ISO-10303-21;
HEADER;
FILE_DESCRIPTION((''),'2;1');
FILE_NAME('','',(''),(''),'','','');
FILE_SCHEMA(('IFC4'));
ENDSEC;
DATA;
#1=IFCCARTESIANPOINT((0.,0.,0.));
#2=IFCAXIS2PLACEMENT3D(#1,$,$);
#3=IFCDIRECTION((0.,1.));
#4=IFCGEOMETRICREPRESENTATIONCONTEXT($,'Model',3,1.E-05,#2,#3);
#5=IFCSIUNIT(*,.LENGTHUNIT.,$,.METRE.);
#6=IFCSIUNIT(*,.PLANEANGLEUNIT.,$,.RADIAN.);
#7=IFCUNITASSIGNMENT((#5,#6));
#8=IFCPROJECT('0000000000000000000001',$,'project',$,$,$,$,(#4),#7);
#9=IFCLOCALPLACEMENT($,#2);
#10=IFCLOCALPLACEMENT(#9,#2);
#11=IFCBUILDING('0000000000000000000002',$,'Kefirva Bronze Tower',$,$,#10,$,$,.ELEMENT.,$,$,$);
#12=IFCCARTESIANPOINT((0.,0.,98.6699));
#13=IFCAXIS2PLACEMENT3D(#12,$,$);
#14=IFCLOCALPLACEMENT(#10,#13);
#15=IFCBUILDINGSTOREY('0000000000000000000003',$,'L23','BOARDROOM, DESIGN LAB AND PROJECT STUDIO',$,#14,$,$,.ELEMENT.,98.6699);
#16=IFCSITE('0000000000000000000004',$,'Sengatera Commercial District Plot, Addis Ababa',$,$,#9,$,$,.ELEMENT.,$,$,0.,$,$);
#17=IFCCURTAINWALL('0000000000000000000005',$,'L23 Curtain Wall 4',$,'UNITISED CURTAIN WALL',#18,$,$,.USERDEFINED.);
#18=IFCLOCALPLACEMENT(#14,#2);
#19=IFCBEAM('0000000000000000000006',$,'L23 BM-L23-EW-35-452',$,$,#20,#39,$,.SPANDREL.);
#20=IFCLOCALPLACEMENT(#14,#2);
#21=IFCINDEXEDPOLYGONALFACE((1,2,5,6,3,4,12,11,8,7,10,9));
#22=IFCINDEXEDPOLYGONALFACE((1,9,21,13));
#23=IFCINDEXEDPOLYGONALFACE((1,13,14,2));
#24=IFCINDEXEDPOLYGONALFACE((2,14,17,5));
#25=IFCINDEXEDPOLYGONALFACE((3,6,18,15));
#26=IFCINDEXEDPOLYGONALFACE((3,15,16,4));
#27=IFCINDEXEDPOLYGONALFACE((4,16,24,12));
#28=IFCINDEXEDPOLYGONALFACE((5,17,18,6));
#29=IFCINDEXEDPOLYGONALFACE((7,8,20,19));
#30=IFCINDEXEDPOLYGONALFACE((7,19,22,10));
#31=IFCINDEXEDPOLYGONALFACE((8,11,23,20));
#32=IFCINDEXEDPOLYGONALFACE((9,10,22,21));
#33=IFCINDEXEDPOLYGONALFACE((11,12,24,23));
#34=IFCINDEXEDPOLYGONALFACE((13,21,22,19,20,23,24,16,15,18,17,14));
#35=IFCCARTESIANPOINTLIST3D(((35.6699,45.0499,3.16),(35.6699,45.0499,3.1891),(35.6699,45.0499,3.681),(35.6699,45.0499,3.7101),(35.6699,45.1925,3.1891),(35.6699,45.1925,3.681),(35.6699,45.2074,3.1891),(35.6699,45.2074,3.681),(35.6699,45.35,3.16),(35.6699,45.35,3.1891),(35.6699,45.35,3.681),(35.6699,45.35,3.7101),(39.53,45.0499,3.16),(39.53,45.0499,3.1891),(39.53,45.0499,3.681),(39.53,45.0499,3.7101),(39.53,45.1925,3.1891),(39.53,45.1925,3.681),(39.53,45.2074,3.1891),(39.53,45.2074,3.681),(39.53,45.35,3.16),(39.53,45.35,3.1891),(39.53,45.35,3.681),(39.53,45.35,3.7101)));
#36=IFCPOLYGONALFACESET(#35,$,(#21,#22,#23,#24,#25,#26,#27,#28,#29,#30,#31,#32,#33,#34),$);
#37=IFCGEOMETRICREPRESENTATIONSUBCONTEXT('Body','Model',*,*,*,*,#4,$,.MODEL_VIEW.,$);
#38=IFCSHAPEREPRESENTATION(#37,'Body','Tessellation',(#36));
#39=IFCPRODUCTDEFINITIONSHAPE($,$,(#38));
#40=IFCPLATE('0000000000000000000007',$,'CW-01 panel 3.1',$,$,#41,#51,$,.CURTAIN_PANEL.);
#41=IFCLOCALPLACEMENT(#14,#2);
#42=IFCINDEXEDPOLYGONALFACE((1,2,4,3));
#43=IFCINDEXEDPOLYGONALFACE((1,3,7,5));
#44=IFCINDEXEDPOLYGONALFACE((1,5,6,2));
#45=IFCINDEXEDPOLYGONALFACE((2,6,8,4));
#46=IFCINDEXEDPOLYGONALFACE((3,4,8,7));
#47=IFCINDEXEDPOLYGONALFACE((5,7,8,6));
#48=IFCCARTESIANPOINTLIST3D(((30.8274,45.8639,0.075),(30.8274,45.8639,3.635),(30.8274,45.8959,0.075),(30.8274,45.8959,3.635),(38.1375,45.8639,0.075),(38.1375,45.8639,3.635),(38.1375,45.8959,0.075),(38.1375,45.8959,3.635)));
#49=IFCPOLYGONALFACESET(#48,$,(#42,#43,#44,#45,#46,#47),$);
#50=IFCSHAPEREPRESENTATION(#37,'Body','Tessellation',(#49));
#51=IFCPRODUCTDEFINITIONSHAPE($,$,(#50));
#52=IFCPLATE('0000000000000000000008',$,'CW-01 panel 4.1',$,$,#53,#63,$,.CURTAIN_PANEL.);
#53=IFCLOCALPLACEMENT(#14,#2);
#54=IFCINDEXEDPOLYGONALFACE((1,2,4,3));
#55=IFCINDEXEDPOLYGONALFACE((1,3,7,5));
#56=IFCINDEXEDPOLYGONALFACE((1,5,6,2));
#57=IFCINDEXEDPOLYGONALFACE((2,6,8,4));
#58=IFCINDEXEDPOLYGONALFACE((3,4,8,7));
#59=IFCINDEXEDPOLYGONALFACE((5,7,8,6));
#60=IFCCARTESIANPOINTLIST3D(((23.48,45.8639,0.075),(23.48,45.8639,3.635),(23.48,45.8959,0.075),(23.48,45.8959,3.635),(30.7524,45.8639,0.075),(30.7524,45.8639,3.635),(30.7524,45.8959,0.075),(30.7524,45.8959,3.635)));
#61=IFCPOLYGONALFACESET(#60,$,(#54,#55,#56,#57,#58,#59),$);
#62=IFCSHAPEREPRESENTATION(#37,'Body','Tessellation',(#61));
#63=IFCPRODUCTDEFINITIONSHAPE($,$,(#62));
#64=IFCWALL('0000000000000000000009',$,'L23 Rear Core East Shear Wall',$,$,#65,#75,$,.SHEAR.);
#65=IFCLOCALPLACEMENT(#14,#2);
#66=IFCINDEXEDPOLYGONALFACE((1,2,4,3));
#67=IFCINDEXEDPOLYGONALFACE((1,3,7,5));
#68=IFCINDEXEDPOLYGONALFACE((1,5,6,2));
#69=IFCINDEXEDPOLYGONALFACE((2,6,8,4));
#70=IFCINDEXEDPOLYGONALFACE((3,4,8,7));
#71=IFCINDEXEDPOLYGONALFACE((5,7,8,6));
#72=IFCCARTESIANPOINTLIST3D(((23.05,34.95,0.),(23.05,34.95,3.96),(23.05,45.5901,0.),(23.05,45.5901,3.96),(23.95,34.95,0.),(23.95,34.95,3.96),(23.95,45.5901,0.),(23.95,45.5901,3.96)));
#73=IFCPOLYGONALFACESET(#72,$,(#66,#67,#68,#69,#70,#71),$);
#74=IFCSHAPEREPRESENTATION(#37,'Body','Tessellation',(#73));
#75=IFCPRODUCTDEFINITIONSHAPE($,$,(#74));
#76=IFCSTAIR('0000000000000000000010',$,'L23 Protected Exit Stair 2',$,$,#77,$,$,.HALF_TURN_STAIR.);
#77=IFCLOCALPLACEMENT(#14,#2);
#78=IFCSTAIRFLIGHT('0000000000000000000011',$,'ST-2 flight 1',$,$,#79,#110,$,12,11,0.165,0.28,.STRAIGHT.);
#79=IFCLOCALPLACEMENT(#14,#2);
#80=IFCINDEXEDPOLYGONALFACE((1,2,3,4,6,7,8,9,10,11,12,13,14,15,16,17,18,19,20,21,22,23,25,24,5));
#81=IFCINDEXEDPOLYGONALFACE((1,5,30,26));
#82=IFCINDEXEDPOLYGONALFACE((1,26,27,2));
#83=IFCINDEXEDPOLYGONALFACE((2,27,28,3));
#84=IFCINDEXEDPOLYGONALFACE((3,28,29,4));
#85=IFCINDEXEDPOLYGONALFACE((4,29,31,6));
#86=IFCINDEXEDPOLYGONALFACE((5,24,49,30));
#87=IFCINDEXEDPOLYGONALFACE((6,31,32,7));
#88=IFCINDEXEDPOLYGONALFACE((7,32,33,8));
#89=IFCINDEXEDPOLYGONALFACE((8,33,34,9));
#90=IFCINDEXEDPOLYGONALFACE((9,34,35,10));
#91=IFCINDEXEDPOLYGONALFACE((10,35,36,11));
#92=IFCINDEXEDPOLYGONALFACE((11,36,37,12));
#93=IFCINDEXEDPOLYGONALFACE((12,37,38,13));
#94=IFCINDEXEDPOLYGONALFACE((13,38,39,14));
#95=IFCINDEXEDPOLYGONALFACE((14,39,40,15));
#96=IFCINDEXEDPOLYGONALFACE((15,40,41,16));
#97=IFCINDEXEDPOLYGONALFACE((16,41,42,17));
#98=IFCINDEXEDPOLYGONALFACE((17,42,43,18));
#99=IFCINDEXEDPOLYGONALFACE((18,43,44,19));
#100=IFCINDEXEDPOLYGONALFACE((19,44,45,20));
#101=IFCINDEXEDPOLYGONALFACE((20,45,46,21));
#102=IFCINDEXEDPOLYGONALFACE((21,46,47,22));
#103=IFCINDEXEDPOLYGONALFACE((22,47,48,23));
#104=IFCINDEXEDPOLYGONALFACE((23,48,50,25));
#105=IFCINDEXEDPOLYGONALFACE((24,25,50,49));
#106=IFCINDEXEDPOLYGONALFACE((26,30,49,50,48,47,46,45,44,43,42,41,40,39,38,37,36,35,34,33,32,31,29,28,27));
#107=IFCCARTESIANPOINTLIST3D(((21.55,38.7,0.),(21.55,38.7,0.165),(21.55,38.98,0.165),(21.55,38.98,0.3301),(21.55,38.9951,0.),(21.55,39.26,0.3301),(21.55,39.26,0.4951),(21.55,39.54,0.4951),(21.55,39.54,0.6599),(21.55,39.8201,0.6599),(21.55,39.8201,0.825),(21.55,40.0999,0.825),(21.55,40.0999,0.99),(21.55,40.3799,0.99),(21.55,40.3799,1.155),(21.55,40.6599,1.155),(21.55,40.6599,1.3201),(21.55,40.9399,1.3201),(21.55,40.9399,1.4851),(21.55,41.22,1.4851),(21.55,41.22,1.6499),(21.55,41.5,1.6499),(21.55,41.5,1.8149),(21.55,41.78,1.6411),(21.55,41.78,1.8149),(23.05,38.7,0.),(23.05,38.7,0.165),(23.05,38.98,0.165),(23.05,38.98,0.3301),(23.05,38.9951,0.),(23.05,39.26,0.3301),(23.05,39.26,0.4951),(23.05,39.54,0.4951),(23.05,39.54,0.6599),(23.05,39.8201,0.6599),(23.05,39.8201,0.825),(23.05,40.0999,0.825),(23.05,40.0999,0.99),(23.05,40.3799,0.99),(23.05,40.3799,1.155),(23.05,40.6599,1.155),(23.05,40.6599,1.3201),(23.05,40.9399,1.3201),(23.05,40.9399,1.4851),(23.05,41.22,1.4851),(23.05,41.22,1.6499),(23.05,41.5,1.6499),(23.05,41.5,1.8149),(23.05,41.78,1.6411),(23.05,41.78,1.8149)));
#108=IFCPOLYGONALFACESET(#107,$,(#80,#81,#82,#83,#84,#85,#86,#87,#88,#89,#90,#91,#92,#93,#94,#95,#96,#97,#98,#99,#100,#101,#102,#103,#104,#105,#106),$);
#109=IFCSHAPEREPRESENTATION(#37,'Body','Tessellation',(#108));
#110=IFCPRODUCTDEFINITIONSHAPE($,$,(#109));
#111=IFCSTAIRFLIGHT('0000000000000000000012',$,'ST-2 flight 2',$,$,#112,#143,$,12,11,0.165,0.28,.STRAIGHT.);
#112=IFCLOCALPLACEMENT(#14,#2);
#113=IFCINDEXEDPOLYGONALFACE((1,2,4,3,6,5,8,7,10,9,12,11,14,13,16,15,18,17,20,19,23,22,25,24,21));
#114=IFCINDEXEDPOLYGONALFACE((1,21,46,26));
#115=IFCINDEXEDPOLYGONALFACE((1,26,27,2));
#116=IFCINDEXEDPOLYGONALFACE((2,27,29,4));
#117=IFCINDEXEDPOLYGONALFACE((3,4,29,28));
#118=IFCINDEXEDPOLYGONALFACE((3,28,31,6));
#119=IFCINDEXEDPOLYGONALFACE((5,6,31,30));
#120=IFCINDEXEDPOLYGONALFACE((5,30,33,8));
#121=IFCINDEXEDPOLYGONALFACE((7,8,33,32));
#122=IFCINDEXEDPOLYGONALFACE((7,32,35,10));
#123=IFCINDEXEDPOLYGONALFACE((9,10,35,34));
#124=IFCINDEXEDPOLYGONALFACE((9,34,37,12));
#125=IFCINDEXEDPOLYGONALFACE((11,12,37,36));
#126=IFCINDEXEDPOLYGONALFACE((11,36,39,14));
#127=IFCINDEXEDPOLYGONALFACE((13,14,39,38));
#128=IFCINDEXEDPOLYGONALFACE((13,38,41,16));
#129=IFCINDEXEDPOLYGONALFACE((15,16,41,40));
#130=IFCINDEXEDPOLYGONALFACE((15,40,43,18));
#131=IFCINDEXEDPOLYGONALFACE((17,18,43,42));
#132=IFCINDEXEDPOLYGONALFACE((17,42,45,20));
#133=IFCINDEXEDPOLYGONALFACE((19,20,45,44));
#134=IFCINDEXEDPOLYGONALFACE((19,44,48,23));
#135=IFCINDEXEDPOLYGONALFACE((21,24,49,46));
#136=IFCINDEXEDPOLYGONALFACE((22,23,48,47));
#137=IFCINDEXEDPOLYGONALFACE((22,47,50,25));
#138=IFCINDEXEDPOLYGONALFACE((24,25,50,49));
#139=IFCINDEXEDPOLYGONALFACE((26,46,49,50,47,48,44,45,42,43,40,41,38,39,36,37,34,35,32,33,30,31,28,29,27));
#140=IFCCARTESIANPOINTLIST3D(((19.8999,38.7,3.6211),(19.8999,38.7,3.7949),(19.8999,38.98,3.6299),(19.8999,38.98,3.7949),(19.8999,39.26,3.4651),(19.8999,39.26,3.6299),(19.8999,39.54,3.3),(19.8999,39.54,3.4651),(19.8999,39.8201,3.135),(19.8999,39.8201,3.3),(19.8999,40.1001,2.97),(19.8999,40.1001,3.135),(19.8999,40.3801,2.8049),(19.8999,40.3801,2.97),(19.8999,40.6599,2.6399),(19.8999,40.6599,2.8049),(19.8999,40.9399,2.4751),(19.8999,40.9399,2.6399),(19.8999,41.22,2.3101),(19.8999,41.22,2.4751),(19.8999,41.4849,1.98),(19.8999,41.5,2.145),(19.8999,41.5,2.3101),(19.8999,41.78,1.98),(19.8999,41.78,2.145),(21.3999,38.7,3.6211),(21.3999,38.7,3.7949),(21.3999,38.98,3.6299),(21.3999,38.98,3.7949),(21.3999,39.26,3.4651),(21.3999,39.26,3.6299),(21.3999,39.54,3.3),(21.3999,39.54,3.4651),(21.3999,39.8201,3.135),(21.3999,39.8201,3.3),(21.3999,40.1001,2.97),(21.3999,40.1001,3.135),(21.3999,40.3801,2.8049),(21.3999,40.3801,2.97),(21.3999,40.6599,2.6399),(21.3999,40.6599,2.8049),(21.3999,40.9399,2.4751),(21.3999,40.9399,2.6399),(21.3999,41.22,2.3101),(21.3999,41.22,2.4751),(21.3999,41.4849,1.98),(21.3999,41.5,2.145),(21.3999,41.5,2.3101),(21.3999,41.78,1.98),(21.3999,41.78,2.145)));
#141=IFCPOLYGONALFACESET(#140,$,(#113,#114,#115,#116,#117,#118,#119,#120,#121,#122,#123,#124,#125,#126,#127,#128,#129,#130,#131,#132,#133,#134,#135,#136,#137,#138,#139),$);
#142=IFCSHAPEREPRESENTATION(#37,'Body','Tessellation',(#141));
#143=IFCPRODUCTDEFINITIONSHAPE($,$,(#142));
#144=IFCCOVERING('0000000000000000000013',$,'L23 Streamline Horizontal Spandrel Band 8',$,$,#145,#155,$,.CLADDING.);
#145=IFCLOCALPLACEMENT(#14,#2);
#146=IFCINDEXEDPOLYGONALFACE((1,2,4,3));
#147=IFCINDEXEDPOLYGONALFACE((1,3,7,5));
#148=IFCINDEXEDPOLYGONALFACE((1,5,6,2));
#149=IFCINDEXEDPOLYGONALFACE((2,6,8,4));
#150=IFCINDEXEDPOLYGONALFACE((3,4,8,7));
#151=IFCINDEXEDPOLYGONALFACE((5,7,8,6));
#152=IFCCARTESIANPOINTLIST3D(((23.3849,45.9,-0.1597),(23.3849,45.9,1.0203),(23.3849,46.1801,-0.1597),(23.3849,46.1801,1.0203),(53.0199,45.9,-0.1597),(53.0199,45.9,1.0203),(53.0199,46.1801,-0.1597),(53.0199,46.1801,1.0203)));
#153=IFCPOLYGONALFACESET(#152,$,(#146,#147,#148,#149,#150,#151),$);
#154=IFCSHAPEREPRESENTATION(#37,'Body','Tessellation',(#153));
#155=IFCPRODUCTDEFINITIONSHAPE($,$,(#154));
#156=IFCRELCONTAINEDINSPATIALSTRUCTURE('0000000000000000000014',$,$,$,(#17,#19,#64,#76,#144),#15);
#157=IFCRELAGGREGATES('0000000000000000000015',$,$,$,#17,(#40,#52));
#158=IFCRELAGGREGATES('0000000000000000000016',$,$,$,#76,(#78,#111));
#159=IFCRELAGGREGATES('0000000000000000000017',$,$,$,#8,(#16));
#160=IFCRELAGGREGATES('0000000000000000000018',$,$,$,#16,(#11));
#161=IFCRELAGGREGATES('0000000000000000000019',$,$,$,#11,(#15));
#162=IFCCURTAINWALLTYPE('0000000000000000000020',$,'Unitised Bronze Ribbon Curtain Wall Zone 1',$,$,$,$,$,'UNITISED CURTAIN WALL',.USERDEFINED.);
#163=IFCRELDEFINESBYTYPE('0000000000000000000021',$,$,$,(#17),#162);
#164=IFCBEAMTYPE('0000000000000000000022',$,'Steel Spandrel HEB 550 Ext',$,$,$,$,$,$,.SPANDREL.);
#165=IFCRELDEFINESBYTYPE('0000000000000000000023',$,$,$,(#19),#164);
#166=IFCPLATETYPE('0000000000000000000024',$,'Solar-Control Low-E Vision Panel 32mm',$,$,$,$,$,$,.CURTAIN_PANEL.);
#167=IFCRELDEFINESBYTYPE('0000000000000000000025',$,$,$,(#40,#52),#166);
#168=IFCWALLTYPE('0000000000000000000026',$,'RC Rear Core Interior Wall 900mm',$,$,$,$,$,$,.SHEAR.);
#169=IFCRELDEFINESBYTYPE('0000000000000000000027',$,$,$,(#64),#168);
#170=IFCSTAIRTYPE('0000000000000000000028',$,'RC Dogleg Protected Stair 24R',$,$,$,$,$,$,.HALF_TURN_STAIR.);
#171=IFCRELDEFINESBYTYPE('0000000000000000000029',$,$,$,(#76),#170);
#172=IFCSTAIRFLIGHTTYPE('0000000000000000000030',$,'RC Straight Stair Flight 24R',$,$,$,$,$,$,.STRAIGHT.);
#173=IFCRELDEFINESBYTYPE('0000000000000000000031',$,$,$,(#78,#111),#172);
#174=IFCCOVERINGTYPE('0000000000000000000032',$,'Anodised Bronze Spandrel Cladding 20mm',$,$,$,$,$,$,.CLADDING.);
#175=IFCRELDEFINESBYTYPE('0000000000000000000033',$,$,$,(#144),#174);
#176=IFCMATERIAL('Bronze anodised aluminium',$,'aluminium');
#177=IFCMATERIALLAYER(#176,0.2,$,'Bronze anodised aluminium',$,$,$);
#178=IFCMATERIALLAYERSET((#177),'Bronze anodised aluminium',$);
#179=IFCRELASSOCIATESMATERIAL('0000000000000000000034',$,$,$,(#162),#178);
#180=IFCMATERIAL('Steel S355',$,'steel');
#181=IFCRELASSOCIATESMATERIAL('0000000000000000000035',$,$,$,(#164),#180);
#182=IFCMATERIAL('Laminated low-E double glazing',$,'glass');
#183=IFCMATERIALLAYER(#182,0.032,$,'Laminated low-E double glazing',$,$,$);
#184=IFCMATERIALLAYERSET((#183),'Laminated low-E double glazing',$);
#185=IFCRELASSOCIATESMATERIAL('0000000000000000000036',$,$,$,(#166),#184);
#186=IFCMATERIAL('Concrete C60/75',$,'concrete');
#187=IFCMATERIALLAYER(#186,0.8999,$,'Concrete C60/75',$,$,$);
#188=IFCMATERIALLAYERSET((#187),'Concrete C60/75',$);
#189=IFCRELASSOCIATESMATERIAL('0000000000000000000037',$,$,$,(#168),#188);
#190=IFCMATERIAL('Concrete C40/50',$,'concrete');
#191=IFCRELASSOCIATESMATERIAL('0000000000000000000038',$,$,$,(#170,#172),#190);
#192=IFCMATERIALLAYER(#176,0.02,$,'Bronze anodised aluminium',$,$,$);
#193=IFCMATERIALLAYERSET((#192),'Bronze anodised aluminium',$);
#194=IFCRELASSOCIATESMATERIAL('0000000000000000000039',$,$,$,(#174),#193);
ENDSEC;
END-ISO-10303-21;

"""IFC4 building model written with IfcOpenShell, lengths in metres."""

from ifc_helpers import new_model, si_unit, direction, frame, frame_2d, origin, origin_2d, place, context, subcontext, project, spatial, polyline, rectangle, i_section, outline, extrude, material, layer, layer_set, material_profile, profile_set, type_object, element, aggregate, save


model = new_model("IFC4")

# Units and contexts
model_context = context("Model", 3, precision=1e-05, world=origin(), true_north=direction((0.0, 1.0)))
body_context = subcontext(model_context, "Body", "Model", "MODEL_VIEW")
ifc_project = project(units=[si_unit("LENGTHUNIT", "METRE"), si_unit("PLANEANGLEUNIT", "RADIAN")], contexts=[model_context])

# Site, building, storey
site_placement = place(None, origin())
site = spatial("IfcSite", under=ifc_project, at=site_placement, Name="Sengatera Commercial District Plot, Addis Ababa", CompositionType="ELEMENT", RefElevation=0.0)
building_placement = place(site_placement, origin())
building = spatial("IfcBuilding", under=site, at=building_placement, Name="Kefirva Bronze Tower", CompositionType="ELEMENT")
storey_placement = place(building_placement, frame((0.0, 0.0, 98.6699)))
storey = spatial("IfcBuildingStorey", under=building, at=storey_placement, Name="L23", Description="BOARDROOM, DESIGN LAB AND PROJECT STUDIO", CompositionType="ELEMENT", Elevation=98.6699)

# Shared definitions
ifc_material_1 = material(Name="Concrete C60/75", Category="concrete")

# Curtain wall
ifc_material_2 = material(Name="Bronze anodised aluminium", Category="aluminium")
ifc_layer_1 = layer(ifc_material_2, 0.2, Name="Bronze anodised aluminium")
ifc_layer_set_1 = layer_set([ifc_layer_1], Name="Bronze anodised aluminium")
curtain_wall_type = type_object("IfcCurtainWallType", Name="Unitised Bronze Ribbon Curtain Wall Zone 1", ElementType="UNITISED CURTAIN WALL", PredefinedType="USERDEFINED", material=ifc_layer_set_1)
curtain_wall_placement = place(storey_placement, origin())
curtain_wall = element("IfcCurtainWall", 1, at=curtain_wall_placement, inside=storey, type_object=curtain_wall_type, Name="L23 Curtain Wall 4", ObjectType="UNITISED CURTAIN WALL", PredefinedType="USERDEFINED")

# Beam
ifc_material_3 = material(Name="Steel S355", Category="steel")
ifc_material_profile_1 = material_profile(ifc_material_3, i_section(OverallWidth=0.3, OverallDepth=0.55, WebThickness=0.0149, FlangeThickness=0.0291, at=origin_2d()), Name="HEB 550")
ifc_profile_set_1 = profile_set([ifc_material_profile_1], Name="Steel S355")
beam_type_1 = type_object("IfcBeamType", Name="Steel Spandrel HEB 550 Ext", PredefinedType="SPANDREL", material=ifc_profile_set_1)
beam_1_placement = place(storey_placement, frame((35.6699, 45.2, 3.4351), z_axis=(1.0, 0.0, 0.0), x_axis=(0.0, 1.0, 0.0)))
element("IfcBeam", 2, at=beam_1_placement, inside=storey, type_object=beam_type_1, Name="L23 BM-L23-EW-35-452", PredefinedType="SPANDREL", context=body_context, shape_type="SweptSolid", body=[
    extrude(i_section(OverallWidth=0.3, OverallDepth=0.55, WebThickness=0.0149, FlangeThickness=0.0291, at=origin_2d()), origin(), (0.0, 0.0, 1.0), 3.8601),
])

# Plates
ifc_material_4 = material(Name="Laminated low-E double glazing", Category="glass")
ifc_layer_2 = layer(ifc_material_4, 0.032, Name="Laminated low-E double glazing")
ifc_layer_set_2 = layer_set([ifc_layer_2], Name="Laminated low-E double glazing")
plate_type = type_object("IfcPlateType", Name="Solar-Control Low-E Vision Panel 32mm", PredefinedType="CURTAIN_PANEL", material=ifc_layer_set_2)
plate_1_placement = place(storey_placement, frame((34.4824, 45.8799, 0.075), z_axis=(0.0, 0.0, 1.0), x_axis=(-1.0, 0.0, 0.0)))
plate_1 = element("IfcPlate", 3, at=plate_1_placement, type_object=plate_type, Name="CW-01 panel 3.1", PredefinedType="CURTAIN_PANEL", context=body_context, shape_type="SweptSolid", body=[
    extrude(rectangle(XDim=7.3101, YDim=0.032, at=origin_2d()), origin(), (0.0, 0.0, 1.0), 3.5601),
])
plate_2_placement = place(storey_placement, frame((27.1162, 45.8799, 0.075), z_axis=(0.0, 0.0, 1.0), x_axis=(-1.0, 0.0, 0.0)))
plate_2 = element("IfcPlate", 4, at=plate_2_placement, type_object=plate_type, Name="CW-01 panel 4.1", PredefinedType="CURTAIN_PANEL", context=body_context, shape_type="SweptSolid", body=[
    extrude(rectangle(XDim=7.2725, YDim=0.032, at=origin_2d()), origin(), (0.0, 0.0, 1.0), 3.5601),
])
aggregate(curtain_wall, [plate_1, plate_2])

# Wall
ifc_layer_3 = layer(ifc_material_1, 0.8999, Name="Concrete C60/75")
ifc_layer_set_3 = layer_set([ifc_layer_3], Name="Concrete C60/75")
wall_type = type_object("IfcWallType", Name="RC Rear Core Interior Wall 900mm", PredefinedType="SHEAR", material=ifc_layer_set_3)
wall_placement = place(storey_placement, frame((23.5, 34.95, 0.0), z_axis=(0.0, 0.0, 1.0), x_axis=(0.0, 1.0, 0.0)))
element("IfcWall", 5, at=wall_placement, inside=storey, type_object=wall_type, Name="L23 Rear Core East Shear Wall", PredefinedType="SHEAR", context=body_context, shape_type="SweptSolid", body=[
    extrude(rectangle(XDim=10.6401, YDim=0.8999, at=frame_2d((5.3201, 0.0))), origin(), (0.0, 0.0, 1.0), 3.96),
])

# Stair, stair flights
ifc_material_5 = material(Name="Concrete C40/50", Category="concrete")
stair_type = type_object("IfcStairType", Name="RC Dogleg Protected Stair 24R", PredefinedType="HALF_TURN_STAIR", material=ifc_material_5)
stair_placement = place(storey_placement, origin())
stair = element("IfcStair", 6, at=stair_placement, inside=storey, type_object=stair_type, Name="L23 Protected Exit Stair 2", PredefinedType="HALF_TURN_STAIR")
stair_flight_type = type_object("IfcStairFlightType", Name="RC Straight Stair Flight 24R", PredefinedType="STRAIGHT", material=ifc_material_5)
stair_flight_1_placement = place(storey_placement, frame((22.3, 38.7, 0.0), z_axis=(0.0, 0.0, 1.0), x_axis=(0.0, 1.0, 0.0)))
stair_flight_1 = element("IfcStairFlight", 7, at=stair_flight_1_placement, type_object=stair_flight_type, Name="ST-2 flight 1", NumberOfRisers=12, NumberOfTreads=11, PredefinedType="STRAIGHT", RiserHeight=0.165, TreadLength=0.28, context=body_context, shape_type="SweptSolid", body=[
    extrude(outline(polyline([(0.0, 0.0), (0.0, 0.165), (0.28, 0.165), (0.28, 0.3301), (0.5601, 0.3301), (0.5601, 0.4951), (0.8401, 0.4951), (0.8401, 0.6599), (1.1201, 0.6599), (1.1201, 0.825), (1.3999, 0.825), (1.3999, 0.99), (1.6799, 0.99), (1.6799, 1.155), (1.96, 1.155), (1.96, 1.3201), (2.24, 1.3201), (2.24, 1.4851), (2.52, 1.4851), (2.52, 1.6499), (2.8, 1.6499), (2.8, 1.8149), (3.0801, 1.8149), (3.0801, 1.98), (3.0801, 1.6411), (0.2952, 0.0), (0.0, 0.0)])), frame((0.0, 0.75, 0.0), z_axis=(0.0, -1.0, 0.0), x_axis=(1.0, 0.0, 0.0)), (0.0, 0.0, 1.0), 1.5),
])
stair_flight_2_placement = place(storey_placement, frame((20.6499, 41.78, 1.98), z_axis=(0.0, 0.0, 1.0), x_axis=(0.0, -1.0, 0.0)))
stair_flight_2 = element("IfcStairFlight", 8, at=stair_flight_2_placement, type_object=stair_flight_type, Name="ST-2 flight 2", NumberOfRisers=12, NumberOfTreads=11, PredefinedType="STRAIGHT", RiserHeight=0.165, TreadLength=0.28, context=body_context, shape_type="SweptSolid", body=[
    extrude(outline(polyline([(0.0, 0.0), (0.0, 0.165), (0.28, 0.165), (0.28, 0.3301), (0.5601, 0.3301), (0.5601, 0.4951), (0.8401, 0.4951), (0.8401, 0.6599), (1.1201, 0.6599), (1.1201, 0.825), (1.3999, 0.825), (1.3999, 0.99), (1.6799, 0.99), (1.6799, 1.155), (1.96, 1.155), (1.96, 1.3201), (2.24, 1.3201), (2.24, 1.4851), (2.52, 1.4851), (2.52, 1.6499), (2.8, 1.6499), (2.8, 1.8149), (3.0801, 1.8149), (3.0801, 1.98), (3.0801, 1.6411), (0.2952, 0.0), (0.0, 0.0)])), frame((0.0, 0.75, 0.0), z_axis=(0.0, -1.0, 0.0), x_axis=(1.0, 0.0, 0.0)), (0.0, 0.0, 1.0), 1.5),
])
aggregate(stair, [stair_flight_1, stair_flight_2])

# Covering
ifc_layer_4 = layer(ifc_material_2, 0.02, Name="Bronze anodised aluminium")
ifc_layer_set_4 = layer_set([ifc_layer_4], Name="Bronze anodised aluminium")
covering_type_1 = type_object("IfcCoveringType", Name="Anodised Bronze Spandrel Cladding 20mm", PredefinedType="CLADDING", material=ifc_layer_set_4)
covering_1_placement = place(storey_placement, frame((38.2024, 46.04, -0.1597), z_axis=(0.0, 0.0, 1.0), x_axis=(-1.0, 0.0, 0.0)))
element("IfcCovering", 9, at=covering_1_placement, inside=storey, type_object=covering_type_1, Name="L23 Streamline Horizontal Spandrel Band 8", PredefinedType="CLADDING", context=body_context, shape_type="SweptSolid", body=[
    extrude(rectangle(XDim=29.635, YDim=0.28, at=origin_2d()), origin(), (0.0, 0.0, 1.0), 1.1799),
])

save(model, "model.ifc")
